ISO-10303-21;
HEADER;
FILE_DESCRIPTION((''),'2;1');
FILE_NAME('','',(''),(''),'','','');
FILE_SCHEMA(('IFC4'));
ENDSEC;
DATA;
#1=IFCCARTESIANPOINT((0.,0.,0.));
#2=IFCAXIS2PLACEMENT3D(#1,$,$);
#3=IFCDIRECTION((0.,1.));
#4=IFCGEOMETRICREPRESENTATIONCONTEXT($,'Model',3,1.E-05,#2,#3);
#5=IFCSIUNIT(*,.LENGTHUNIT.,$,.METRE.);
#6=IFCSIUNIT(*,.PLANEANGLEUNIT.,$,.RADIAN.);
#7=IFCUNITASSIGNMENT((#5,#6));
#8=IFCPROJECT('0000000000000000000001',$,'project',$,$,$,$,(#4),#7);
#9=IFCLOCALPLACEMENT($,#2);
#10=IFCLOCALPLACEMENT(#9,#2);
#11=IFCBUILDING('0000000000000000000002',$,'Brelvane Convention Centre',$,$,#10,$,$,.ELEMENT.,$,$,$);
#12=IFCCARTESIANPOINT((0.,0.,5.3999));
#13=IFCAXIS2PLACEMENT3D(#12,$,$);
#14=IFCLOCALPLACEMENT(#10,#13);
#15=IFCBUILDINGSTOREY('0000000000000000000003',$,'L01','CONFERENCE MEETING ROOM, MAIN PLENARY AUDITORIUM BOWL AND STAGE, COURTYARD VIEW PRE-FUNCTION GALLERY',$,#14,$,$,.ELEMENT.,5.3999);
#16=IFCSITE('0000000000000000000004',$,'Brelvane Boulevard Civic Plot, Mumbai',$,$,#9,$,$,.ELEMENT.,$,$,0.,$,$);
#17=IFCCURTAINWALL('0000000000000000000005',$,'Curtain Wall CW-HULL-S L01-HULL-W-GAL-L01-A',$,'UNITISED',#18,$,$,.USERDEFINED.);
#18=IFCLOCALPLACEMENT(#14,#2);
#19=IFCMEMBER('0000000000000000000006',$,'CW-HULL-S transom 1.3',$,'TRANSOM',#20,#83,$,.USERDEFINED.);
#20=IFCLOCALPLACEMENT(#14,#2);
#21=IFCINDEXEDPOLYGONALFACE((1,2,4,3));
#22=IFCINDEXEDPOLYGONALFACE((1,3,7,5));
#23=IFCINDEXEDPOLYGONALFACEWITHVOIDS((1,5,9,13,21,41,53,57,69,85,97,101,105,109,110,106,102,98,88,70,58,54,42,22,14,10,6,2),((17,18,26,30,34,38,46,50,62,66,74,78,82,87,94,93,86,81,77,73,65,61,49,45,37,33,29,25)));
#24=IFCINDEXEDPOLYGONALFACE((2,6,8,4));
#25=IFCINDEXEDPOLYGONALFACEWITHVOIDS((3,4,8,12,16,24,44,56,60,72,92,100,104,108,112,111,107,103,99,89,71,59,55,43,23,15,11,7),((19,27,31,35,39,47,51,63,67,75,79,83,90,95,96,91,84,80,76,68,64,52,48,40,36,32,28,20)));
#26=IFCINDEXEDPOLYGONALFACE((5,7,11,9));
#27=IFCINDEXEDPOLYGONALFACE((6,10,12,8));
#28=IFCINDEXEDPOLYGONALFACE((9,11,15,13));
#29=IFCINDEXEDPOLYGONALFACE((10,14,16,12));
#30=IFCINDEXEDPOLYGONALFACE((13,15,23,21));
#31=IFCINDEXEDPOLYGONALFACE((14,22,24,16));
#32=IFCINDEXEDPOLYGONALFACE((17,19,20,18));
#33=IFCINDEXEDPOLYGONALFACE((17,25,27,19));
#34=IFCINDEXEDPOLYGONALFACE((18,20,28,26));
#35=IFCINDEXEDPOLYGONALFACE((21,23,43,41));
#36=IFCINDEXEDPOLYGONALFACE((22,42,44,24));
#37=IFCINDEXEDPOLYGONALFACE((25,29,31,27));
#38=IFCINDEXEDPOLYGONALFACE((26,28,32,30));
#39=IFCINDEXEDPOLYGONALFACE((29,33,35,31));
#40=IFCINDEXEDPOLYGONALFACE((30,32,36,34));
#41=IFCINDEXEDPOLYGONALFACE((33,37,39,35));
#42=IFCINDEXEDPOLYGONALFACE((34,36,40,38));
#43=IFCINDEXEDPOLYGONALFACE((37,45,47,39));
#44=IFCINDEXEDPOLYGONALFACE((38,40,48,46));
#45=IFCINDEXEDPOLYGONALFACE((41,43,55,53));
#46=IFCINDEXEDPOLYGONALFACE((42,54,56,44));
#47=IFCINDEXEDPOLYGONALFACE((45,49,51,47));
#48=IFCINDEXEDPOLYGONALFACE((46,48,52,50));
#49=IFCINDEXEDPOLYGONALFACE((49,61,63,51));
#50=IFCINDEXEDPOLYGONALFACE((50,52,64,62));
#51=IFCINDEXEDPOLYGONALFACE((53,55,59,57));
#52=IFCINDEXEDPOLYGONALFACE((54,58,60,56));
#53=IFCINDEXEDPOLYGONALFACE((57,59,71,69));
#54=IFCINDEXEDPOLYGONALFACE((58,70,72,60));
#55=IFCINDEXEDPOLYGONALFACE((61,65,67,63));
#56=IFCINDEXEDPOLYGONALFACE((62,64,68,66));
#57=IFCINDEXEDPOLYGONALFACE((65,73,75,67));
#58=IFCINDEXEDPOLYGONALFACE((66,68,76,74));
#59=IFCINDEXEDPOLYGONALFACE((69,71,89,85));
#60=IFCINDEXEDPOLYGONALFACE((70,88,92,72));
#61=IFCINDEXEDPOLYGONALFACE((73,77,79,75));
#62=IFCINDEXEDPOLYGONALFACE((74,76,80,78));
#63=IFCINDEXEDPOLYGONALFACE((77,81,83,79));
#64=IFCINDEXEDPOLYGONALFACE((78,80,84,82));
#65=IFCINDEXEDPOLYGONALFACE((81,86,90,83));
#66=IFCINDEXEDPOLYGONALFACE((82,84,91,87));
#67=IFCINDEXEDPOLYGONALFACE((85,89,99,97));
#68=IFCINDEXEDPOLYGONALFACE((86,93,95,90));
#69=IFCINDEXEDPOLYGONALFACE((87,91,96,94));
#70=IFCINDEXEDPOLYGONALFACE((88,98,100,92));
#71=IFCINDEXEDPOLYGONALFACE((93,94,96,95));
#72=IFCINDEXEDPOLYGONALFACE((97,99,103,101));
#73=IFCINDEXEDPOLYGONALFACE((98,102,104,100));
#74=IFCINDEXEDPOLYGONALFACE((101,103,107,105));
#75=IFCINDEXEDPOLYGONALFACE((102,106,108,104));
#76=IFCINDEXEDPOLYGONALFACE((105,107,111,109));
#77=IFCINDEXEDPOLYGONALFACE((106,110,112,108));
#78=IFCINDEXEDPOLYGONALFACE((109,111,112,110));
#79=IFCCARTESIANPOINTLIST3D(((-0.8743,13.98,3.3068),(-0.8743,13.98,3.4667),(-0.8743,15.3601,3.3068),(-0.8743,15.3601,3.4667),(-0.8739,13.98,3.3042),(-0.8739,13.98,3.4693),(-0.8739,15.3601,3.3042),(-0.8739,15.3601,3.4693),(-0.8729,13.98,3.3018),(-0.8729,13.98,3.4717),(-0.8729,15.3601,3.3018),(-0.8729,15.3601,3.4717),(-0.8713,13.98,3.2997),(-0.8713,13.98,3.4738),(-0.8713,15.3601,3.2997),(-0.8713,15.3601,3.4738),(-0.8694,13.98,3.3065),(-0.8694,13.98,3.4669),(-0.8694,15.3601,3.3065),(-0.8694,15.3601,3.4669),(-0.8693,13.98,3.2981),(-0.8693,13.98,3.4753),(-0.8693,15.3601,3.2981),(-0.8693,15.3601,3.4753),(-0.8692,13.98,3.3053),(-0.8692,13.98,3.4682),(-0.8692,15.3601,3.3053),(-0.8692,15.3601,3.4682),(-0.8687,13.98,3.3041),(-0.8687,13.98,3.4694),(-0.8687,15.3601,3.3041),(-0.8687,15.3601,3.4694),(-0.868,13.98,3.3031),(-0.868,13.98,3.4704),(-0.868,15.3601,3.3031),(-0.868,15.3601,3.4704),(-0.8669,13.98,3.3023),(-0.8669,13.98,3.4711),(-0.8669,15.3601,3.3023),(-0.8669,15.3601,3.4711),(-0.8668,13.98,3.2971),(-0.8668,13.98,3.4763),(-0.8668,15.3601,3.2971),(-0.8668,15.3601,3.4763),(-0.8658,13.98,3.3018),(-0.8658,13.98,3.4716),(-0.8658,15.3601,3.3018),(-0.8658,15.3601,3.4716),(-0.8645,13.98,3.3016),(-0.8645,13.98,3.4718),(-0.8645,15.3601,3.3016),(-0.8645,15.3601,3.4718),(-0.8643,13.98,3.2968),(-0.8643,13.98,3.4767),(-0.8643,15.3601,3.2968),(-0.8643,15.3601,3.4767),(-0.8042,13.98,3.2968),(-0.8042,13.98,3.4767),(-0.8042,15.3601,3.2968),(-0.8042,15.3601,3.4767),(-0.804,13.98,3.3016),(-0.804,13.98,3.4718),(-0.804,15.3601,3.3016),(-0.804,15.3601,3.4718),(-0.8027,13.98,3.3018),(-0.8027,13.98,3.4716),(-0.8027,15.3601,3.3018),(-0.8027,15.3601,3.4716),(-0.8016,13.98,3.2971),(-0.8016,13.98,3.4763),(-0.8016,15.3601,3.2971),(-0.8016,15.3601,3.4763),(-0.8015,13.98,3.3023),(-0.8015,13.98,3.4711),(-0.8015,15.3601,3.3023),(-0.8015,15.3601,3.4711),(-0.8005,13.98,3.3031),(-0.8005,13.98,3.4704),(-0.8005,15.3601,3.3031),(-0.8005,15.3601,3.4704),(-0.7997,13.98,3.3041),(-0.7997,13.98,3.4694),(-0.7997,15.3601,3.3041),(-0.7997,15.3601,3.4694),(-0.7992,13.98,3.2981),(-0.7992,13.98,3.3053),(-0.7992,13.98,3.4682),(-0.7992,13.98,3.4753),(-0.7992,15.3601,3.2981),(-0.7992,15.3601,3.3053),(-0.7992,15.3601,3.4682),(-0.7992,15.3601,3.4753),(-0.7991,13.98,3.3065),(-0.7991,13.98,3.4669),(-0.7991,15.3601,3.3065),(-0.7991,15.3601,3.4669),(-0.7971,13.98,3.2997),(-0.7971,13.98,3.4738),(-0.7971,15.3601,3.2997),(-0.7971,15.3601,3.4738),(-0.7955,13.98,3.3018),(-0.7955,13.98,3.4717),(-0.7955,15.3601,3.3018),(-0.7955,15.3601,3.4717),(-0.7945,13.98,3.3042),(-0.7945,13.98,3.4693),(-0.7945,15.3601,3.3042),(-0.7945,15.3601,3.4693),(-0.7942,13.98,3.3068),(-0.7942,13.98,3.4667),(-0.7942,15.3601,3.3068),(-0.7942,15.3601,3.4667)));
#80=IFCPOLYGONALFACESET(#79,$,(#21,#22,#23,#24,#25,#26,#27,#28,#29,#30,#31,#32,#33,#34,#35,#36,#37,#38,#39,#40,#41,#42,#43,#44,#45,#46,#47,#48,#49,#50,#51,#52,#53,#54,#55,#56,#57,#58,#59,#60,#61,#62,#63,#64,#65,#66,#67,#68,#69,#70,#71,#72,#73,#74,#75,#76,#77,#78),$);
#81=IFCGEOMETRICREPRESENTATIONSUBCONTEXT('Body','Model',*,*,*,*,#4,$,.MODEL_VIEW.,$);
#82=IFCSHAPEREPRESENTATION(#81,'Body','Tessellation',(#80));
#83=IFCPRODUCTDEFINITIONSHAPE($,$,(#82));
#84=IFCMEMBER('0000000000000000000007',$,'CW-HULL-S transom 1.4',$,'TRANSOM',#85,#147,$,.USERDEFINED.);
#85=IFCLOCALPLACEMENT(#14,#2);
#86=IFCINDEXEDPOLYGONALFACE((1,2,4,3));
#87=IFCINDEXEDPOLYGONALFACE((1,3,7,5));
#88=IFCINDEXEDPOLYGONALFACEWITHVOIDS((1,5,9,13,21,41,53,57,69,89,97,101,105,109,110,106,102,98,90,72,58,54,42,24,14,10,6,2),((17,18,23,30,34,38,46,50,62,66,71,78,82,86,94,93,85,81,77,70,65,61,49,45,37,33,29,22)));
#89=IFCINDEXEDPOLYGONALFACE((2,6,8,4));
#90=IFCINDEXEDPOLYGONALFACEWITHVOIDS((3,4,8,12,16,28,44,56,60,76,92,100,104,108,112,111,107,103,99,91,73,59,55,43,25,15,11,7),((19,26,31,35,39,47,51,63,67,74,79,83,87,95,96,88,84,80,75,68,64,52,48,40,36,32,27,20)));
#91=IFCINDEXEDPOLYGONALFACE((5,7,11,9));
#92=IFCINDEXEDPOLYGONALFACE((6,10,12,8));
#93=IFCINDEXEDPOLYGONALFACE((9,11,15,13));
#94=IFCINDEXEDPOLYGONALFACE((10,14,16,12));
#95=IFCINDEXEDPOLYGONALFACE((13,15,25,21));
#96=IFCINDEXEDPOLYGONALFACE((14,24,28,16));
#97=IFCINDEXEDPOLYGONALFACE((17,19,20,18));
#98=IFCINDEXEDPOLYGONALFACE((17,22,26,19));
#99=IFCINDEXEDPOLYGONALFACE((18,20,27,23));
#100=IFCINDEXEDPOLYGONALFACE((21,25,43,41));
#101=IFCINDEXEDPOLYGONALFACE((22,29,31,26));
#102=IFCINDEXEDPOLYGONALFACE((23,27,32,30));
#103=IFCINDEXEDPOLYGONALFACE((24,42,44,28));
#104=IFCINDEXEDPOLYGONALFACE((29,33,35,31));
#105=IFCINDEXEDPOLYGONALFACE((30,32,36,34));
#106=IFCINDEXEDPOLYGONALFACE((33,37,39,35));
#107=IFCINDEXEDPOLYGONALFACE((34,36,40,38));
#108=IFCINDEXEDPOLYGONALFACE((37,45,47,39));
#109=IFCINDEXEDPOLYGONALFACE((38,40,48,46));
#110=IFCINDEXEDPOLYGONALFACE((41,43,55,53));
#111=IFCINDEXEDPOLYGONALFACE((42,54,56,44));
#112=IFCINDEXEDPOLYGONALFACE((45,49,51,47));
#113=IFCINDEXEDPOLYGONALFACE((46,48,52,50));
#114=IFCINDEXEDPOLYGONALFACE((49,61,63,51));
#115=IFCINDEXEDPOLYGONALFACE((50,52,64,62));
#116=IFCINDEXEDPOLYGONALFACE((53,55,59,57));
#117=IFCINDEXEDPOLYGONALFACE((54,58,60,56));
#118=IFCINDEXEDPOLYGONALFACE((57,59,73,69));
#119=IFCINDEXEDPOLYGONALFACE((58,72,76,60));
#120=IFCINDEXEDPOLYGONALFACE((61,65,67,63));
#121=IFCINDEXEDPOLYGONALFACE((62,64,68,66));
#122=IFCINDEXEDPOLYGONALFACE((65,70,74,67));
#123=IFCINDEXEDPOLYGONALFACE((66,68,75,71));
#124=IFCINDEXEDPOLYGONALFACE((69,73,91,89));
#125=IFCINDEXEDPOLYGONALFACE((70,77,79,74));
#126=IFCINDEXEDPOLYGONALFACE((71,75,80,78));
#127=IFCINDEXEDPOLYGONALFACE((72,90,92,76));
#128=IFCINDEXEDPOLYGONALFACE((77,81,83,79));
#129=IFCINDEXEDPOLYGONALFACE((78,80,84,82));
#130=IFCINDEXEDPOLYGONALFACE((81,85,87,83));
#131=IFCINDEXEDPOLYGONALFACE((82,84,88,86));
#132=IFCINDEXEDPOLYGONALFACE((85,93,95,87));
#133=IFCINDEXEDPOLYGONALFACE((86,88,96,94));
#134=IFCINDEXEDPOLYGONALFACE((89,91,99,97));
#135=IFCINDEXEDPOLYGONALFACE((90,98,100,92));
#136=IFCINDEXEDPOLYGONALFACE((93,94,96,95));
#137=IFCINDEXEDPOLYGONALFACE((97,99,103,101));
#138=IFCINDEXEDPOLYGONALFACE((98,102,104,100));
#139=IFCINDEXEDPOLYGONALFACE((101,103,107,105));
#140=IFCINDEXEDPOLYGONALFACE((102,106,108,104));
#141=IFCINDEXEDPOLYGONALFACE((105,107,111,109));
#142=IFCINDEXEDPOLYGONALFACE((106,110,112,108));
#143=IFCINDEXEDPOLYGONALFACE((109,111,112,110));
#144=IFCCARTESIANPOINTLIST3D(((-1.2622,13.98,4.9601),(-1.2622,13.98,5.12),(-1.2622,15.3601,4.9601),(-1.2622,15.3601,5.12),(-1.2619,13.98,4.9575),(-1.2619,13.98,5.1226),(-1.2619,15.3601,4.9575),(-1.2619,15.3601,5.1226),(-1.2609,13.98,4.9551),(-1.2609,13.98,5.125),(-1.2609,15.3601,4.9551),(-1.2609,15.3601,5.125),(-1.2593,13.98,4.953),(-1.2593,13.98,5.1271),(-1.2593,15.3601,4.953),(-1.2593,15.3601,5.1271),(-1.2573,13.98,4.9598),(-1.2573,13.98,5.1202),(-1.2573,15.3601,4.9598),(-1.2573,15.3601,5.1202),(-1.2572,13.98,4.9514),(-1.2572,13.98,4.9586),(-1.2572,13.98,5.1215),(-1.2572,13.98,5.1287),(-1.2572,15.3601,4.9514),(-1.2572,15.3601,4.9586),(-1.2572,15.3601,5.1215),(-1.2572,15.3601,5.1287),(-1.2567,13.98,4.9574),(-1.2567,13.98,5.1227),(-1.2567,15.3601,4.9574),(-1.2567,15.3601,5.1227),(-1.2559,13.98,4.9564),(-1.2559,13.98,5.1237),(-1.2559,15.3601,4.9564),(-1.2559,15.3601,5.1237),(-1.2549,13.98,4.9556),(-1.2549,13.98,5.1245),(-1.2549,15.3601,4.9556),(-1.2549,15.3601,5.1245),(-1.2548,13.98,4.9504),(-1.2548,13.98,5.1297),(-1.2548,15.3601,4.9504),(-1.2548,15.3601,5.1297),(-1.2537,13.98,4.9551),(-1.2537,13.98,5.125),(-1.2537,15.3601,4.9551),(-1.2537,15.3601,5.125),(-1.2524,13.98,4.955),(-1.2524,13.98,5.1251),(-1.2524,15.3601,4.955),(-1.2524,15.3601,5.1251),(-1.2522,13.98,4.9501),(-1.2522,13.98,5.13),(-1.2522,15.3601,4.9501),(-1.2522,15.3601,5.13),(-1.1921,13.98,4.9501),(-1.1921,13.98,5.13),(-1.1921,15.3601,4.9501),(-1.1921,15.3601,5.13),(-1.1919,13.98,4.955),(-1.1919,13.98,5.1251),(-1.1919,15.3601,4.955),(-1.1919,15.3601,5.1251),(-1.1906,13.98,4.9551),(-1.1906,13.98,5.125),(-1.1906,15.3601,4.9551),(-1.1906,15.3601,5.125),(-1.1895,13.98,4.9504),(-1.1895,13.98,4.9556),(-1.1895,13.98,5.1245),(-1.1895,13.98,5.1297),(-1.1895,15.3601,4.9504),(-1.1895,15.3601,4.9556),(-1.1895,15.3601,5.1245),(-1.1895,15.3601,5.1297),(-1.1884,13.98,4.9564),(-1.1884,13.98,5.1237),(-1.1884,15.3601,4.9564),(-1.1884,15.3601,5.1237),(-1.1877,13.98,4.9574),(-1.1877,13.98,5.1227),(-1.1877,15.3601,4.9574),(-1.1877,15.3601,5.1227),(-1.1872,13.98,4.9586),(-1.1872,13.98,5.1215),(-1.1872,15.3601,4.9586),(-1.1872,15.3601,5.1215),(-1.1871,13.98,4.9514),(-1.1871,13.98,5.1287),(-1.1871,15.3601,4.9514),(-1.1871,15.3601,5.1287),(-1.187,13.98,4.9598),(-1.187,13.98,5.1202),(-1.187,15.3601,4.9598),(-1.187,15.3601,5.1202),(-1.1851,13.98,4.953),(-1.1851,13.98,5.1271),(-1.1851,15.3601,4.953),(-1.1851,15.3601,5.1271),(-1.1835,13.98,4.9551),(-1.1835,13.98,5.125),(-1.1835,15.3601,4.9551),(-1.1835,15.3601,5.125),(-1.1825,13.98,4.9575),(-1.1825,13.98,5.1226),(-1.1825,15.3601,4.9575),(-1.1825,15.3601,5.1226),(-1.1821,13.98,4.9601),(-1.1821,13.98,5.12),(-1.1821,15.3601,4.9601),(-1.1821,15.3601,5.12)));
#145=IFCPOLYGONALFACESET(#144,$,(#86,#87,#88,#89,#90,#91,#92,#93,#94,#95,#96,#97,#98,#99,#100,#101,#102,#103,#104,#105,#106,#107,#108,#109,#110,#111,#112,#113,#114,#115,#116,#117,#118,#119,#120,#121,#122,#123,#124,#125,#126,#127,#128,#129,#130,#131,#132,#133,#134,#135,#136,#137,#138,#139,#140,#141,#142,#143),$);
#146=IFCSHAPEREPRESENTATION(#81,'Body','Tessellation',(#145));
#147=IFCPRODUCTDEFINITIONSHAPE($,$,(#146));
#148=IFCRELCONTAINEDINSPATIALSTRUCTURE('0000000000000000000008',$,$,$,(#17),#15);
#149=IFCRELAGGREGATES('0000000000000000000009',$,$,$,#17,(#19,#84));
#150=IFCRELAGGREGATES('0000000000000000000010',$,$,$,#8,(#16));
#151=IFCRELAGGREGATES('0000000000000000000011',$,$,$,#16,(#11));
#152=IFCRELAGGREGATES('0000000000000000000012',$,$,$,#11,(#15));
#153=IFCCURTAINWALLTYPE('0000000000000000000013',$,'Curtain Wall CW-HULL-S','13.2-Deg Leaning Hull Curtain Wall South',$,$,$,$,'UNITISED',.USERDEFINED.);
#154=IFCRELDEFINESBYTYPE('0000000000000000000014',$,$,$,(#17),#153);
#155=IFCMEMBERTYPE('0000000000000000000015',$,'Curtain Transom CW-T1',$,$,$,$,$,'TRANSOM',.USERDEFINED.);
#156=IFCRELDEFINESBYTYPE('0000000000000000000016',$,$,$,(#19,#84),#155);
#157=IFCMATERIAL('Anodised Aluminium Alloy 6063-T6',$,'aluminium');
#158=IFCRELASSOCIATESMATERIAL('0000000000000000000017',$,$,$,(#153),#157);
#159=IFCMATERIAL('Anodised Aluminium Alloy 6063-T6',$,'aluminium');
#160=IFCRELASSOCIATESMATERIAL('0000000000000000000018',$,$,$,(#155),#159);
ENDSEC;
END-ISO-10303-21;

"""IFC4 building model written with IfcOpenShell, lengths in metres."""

from ifc_helpers import new_model, si_unit, direction, frame, origin, origin_2d, place, context, subcontext, project, spatial, hollow_rectangle, extrude, material, material_profile, profile_set, type_object, element, aggregate, save


model = new_model("IFC4")

# Units and contexts
model_context = context("Model", 3, precision=1e-05, world=origin(), true_north=direction((0.0, 1.0)))
body_context = subcontext(model_context, "Body", "Model", "MODEL_VIEW")
ifc_project = project(units=[si_unit("LENGTHUNIT", "METRE"), si_unit("PLANEANGLEUNIT", "RADIAN")], contexts=[model_context])

# Site, building, storey
site_placement = place(None, origin())
site = spatial("IfcSite", under=ifc_project, at=site_placement, Name="Brelvane Boulevard Civic Plot, Mumbai", CompositionType="ELEMENT", RefElevation=0.0)
building_placement = place(site_placement, origin())
building = spatial("IfcBuilding", under=site, at=building_placement, Name="Brelvane Convention Centre", CompositionType="ELEMENT")
storey_placement = place(building_placement, frame((0.0, 0.0, 5.3999)))
storey = spatial("IfcBuildingStorey", under=building, at=storey_placement, Name="L01", Description="CONFERENCE MEETING ROOM, MAIN PLENARY AUDITORIUM BOWL AND STAGE, COURTYARD VIEW PRE-FUNCTION GALLERY", CompositionType="ELEMENT", Elevation=5.3999)

# Curtain wall
ifc_material_1 = material(Name="Anodised Aluminium Alloy 6063-T6", Category="aluminium")
curtain_wall_type = type_object("IfcCurtainWallType", Name="Curtain Wall CW-HULL-S", Description="13.2-Deg Leaning Hull Curtain Wall South", ElementType="UNITISED", PredefinedType="USERDEFINED", material=ifc_material_1)
curtain_wall_1_placement = place(storey_placement, origin())
curtain_wall_1 = element("IfcCurtainWall", 1, at=curtain_wall_1_placement, inside=storey, type_object=curtain_wall_type, Name="Curtain Wall CW-HULL-S L01-HULL-W-GAL-L01-A", ObjectType="UNITISED", PredefinedType="USERDEFINED")

# Members
ifc_material_2 = material(Name="Anodised Aluminium Alloy 6063-T6", Category="aluminium")
ifc_material_profile_1 = material_profile(ifc_material_2, hollow_rectangle(XDim=0.0801, YDim=0.1799, WallThickness=0.0049, InnerFilletRadius=0.0049, OuterFilletRadius=0.01, at=origin_2d()), Name="ALU-T 180x80x5.0")
ifc_profile_set_1 = profile_set([ifc_material_profile_1], Name="Anodised Aluminium Alloy 6063-T6")
member_type_1 = type_object("IfcMemberType", Name="Curtain Transom CW-T1", ElementType="TRANSOM", PredefinedType="USERDEFINED", material=ifc_profile_set_1)
member_1_placement = place(storey_placement, frame((-0.8342, 13.98, 3.3867), z_axis=(0.0, 1.0, 0.0), x_axis=(-1.0, 0.0, 0.0)))
member_1 = element("IfcMember", 2, at=member_1_placement, type_object=member_type_1, Name="CW-HULL-S transom 1.3", ObjectType="TRANSOM", PredefinedType="USERDEFINED", context=body_context, shape_type="SweptSolid", body=[
    extrude(hollow_rectangle(XDim=0.0801, YDim=0.1799, WallThickness=0.0049, InnerFilletRadius=0.0049, OuterFilletRadius=0.01, at=origin_2d()), origin(), (0.0, 0.0, 1.0), 1.3801),
])
member_2_placement = place(storey_placement, frame((-1.2222, 13.98, 5.04), z_axis=(0.0, 1.0, 0.0), x_axis=(-1.0, 0.0, 0.0)))
member_2 = element("IfcMember", 3, at=member_2_placement, type_object=member_type_1, Name="CW-HULL-S transom 1.4", ObjectType="TRANSOM", PredefinedType="USERDEFINED", context=body_context, shape_type="SweptSolid", body=[
    extrude(hollow_rectangle(XDim=0.0801, YDim=0.1799, WallThickness=0.0049, InnerFilletRadius=0.0049, OuterFilletRadius=0.01, at=origin_2d()), origin(), (0.0, 0.0, 1.0), 1.3801),
])

aggregate(curtain_wall_1, [member_1, member_2])

save(model, "model.ifc")
